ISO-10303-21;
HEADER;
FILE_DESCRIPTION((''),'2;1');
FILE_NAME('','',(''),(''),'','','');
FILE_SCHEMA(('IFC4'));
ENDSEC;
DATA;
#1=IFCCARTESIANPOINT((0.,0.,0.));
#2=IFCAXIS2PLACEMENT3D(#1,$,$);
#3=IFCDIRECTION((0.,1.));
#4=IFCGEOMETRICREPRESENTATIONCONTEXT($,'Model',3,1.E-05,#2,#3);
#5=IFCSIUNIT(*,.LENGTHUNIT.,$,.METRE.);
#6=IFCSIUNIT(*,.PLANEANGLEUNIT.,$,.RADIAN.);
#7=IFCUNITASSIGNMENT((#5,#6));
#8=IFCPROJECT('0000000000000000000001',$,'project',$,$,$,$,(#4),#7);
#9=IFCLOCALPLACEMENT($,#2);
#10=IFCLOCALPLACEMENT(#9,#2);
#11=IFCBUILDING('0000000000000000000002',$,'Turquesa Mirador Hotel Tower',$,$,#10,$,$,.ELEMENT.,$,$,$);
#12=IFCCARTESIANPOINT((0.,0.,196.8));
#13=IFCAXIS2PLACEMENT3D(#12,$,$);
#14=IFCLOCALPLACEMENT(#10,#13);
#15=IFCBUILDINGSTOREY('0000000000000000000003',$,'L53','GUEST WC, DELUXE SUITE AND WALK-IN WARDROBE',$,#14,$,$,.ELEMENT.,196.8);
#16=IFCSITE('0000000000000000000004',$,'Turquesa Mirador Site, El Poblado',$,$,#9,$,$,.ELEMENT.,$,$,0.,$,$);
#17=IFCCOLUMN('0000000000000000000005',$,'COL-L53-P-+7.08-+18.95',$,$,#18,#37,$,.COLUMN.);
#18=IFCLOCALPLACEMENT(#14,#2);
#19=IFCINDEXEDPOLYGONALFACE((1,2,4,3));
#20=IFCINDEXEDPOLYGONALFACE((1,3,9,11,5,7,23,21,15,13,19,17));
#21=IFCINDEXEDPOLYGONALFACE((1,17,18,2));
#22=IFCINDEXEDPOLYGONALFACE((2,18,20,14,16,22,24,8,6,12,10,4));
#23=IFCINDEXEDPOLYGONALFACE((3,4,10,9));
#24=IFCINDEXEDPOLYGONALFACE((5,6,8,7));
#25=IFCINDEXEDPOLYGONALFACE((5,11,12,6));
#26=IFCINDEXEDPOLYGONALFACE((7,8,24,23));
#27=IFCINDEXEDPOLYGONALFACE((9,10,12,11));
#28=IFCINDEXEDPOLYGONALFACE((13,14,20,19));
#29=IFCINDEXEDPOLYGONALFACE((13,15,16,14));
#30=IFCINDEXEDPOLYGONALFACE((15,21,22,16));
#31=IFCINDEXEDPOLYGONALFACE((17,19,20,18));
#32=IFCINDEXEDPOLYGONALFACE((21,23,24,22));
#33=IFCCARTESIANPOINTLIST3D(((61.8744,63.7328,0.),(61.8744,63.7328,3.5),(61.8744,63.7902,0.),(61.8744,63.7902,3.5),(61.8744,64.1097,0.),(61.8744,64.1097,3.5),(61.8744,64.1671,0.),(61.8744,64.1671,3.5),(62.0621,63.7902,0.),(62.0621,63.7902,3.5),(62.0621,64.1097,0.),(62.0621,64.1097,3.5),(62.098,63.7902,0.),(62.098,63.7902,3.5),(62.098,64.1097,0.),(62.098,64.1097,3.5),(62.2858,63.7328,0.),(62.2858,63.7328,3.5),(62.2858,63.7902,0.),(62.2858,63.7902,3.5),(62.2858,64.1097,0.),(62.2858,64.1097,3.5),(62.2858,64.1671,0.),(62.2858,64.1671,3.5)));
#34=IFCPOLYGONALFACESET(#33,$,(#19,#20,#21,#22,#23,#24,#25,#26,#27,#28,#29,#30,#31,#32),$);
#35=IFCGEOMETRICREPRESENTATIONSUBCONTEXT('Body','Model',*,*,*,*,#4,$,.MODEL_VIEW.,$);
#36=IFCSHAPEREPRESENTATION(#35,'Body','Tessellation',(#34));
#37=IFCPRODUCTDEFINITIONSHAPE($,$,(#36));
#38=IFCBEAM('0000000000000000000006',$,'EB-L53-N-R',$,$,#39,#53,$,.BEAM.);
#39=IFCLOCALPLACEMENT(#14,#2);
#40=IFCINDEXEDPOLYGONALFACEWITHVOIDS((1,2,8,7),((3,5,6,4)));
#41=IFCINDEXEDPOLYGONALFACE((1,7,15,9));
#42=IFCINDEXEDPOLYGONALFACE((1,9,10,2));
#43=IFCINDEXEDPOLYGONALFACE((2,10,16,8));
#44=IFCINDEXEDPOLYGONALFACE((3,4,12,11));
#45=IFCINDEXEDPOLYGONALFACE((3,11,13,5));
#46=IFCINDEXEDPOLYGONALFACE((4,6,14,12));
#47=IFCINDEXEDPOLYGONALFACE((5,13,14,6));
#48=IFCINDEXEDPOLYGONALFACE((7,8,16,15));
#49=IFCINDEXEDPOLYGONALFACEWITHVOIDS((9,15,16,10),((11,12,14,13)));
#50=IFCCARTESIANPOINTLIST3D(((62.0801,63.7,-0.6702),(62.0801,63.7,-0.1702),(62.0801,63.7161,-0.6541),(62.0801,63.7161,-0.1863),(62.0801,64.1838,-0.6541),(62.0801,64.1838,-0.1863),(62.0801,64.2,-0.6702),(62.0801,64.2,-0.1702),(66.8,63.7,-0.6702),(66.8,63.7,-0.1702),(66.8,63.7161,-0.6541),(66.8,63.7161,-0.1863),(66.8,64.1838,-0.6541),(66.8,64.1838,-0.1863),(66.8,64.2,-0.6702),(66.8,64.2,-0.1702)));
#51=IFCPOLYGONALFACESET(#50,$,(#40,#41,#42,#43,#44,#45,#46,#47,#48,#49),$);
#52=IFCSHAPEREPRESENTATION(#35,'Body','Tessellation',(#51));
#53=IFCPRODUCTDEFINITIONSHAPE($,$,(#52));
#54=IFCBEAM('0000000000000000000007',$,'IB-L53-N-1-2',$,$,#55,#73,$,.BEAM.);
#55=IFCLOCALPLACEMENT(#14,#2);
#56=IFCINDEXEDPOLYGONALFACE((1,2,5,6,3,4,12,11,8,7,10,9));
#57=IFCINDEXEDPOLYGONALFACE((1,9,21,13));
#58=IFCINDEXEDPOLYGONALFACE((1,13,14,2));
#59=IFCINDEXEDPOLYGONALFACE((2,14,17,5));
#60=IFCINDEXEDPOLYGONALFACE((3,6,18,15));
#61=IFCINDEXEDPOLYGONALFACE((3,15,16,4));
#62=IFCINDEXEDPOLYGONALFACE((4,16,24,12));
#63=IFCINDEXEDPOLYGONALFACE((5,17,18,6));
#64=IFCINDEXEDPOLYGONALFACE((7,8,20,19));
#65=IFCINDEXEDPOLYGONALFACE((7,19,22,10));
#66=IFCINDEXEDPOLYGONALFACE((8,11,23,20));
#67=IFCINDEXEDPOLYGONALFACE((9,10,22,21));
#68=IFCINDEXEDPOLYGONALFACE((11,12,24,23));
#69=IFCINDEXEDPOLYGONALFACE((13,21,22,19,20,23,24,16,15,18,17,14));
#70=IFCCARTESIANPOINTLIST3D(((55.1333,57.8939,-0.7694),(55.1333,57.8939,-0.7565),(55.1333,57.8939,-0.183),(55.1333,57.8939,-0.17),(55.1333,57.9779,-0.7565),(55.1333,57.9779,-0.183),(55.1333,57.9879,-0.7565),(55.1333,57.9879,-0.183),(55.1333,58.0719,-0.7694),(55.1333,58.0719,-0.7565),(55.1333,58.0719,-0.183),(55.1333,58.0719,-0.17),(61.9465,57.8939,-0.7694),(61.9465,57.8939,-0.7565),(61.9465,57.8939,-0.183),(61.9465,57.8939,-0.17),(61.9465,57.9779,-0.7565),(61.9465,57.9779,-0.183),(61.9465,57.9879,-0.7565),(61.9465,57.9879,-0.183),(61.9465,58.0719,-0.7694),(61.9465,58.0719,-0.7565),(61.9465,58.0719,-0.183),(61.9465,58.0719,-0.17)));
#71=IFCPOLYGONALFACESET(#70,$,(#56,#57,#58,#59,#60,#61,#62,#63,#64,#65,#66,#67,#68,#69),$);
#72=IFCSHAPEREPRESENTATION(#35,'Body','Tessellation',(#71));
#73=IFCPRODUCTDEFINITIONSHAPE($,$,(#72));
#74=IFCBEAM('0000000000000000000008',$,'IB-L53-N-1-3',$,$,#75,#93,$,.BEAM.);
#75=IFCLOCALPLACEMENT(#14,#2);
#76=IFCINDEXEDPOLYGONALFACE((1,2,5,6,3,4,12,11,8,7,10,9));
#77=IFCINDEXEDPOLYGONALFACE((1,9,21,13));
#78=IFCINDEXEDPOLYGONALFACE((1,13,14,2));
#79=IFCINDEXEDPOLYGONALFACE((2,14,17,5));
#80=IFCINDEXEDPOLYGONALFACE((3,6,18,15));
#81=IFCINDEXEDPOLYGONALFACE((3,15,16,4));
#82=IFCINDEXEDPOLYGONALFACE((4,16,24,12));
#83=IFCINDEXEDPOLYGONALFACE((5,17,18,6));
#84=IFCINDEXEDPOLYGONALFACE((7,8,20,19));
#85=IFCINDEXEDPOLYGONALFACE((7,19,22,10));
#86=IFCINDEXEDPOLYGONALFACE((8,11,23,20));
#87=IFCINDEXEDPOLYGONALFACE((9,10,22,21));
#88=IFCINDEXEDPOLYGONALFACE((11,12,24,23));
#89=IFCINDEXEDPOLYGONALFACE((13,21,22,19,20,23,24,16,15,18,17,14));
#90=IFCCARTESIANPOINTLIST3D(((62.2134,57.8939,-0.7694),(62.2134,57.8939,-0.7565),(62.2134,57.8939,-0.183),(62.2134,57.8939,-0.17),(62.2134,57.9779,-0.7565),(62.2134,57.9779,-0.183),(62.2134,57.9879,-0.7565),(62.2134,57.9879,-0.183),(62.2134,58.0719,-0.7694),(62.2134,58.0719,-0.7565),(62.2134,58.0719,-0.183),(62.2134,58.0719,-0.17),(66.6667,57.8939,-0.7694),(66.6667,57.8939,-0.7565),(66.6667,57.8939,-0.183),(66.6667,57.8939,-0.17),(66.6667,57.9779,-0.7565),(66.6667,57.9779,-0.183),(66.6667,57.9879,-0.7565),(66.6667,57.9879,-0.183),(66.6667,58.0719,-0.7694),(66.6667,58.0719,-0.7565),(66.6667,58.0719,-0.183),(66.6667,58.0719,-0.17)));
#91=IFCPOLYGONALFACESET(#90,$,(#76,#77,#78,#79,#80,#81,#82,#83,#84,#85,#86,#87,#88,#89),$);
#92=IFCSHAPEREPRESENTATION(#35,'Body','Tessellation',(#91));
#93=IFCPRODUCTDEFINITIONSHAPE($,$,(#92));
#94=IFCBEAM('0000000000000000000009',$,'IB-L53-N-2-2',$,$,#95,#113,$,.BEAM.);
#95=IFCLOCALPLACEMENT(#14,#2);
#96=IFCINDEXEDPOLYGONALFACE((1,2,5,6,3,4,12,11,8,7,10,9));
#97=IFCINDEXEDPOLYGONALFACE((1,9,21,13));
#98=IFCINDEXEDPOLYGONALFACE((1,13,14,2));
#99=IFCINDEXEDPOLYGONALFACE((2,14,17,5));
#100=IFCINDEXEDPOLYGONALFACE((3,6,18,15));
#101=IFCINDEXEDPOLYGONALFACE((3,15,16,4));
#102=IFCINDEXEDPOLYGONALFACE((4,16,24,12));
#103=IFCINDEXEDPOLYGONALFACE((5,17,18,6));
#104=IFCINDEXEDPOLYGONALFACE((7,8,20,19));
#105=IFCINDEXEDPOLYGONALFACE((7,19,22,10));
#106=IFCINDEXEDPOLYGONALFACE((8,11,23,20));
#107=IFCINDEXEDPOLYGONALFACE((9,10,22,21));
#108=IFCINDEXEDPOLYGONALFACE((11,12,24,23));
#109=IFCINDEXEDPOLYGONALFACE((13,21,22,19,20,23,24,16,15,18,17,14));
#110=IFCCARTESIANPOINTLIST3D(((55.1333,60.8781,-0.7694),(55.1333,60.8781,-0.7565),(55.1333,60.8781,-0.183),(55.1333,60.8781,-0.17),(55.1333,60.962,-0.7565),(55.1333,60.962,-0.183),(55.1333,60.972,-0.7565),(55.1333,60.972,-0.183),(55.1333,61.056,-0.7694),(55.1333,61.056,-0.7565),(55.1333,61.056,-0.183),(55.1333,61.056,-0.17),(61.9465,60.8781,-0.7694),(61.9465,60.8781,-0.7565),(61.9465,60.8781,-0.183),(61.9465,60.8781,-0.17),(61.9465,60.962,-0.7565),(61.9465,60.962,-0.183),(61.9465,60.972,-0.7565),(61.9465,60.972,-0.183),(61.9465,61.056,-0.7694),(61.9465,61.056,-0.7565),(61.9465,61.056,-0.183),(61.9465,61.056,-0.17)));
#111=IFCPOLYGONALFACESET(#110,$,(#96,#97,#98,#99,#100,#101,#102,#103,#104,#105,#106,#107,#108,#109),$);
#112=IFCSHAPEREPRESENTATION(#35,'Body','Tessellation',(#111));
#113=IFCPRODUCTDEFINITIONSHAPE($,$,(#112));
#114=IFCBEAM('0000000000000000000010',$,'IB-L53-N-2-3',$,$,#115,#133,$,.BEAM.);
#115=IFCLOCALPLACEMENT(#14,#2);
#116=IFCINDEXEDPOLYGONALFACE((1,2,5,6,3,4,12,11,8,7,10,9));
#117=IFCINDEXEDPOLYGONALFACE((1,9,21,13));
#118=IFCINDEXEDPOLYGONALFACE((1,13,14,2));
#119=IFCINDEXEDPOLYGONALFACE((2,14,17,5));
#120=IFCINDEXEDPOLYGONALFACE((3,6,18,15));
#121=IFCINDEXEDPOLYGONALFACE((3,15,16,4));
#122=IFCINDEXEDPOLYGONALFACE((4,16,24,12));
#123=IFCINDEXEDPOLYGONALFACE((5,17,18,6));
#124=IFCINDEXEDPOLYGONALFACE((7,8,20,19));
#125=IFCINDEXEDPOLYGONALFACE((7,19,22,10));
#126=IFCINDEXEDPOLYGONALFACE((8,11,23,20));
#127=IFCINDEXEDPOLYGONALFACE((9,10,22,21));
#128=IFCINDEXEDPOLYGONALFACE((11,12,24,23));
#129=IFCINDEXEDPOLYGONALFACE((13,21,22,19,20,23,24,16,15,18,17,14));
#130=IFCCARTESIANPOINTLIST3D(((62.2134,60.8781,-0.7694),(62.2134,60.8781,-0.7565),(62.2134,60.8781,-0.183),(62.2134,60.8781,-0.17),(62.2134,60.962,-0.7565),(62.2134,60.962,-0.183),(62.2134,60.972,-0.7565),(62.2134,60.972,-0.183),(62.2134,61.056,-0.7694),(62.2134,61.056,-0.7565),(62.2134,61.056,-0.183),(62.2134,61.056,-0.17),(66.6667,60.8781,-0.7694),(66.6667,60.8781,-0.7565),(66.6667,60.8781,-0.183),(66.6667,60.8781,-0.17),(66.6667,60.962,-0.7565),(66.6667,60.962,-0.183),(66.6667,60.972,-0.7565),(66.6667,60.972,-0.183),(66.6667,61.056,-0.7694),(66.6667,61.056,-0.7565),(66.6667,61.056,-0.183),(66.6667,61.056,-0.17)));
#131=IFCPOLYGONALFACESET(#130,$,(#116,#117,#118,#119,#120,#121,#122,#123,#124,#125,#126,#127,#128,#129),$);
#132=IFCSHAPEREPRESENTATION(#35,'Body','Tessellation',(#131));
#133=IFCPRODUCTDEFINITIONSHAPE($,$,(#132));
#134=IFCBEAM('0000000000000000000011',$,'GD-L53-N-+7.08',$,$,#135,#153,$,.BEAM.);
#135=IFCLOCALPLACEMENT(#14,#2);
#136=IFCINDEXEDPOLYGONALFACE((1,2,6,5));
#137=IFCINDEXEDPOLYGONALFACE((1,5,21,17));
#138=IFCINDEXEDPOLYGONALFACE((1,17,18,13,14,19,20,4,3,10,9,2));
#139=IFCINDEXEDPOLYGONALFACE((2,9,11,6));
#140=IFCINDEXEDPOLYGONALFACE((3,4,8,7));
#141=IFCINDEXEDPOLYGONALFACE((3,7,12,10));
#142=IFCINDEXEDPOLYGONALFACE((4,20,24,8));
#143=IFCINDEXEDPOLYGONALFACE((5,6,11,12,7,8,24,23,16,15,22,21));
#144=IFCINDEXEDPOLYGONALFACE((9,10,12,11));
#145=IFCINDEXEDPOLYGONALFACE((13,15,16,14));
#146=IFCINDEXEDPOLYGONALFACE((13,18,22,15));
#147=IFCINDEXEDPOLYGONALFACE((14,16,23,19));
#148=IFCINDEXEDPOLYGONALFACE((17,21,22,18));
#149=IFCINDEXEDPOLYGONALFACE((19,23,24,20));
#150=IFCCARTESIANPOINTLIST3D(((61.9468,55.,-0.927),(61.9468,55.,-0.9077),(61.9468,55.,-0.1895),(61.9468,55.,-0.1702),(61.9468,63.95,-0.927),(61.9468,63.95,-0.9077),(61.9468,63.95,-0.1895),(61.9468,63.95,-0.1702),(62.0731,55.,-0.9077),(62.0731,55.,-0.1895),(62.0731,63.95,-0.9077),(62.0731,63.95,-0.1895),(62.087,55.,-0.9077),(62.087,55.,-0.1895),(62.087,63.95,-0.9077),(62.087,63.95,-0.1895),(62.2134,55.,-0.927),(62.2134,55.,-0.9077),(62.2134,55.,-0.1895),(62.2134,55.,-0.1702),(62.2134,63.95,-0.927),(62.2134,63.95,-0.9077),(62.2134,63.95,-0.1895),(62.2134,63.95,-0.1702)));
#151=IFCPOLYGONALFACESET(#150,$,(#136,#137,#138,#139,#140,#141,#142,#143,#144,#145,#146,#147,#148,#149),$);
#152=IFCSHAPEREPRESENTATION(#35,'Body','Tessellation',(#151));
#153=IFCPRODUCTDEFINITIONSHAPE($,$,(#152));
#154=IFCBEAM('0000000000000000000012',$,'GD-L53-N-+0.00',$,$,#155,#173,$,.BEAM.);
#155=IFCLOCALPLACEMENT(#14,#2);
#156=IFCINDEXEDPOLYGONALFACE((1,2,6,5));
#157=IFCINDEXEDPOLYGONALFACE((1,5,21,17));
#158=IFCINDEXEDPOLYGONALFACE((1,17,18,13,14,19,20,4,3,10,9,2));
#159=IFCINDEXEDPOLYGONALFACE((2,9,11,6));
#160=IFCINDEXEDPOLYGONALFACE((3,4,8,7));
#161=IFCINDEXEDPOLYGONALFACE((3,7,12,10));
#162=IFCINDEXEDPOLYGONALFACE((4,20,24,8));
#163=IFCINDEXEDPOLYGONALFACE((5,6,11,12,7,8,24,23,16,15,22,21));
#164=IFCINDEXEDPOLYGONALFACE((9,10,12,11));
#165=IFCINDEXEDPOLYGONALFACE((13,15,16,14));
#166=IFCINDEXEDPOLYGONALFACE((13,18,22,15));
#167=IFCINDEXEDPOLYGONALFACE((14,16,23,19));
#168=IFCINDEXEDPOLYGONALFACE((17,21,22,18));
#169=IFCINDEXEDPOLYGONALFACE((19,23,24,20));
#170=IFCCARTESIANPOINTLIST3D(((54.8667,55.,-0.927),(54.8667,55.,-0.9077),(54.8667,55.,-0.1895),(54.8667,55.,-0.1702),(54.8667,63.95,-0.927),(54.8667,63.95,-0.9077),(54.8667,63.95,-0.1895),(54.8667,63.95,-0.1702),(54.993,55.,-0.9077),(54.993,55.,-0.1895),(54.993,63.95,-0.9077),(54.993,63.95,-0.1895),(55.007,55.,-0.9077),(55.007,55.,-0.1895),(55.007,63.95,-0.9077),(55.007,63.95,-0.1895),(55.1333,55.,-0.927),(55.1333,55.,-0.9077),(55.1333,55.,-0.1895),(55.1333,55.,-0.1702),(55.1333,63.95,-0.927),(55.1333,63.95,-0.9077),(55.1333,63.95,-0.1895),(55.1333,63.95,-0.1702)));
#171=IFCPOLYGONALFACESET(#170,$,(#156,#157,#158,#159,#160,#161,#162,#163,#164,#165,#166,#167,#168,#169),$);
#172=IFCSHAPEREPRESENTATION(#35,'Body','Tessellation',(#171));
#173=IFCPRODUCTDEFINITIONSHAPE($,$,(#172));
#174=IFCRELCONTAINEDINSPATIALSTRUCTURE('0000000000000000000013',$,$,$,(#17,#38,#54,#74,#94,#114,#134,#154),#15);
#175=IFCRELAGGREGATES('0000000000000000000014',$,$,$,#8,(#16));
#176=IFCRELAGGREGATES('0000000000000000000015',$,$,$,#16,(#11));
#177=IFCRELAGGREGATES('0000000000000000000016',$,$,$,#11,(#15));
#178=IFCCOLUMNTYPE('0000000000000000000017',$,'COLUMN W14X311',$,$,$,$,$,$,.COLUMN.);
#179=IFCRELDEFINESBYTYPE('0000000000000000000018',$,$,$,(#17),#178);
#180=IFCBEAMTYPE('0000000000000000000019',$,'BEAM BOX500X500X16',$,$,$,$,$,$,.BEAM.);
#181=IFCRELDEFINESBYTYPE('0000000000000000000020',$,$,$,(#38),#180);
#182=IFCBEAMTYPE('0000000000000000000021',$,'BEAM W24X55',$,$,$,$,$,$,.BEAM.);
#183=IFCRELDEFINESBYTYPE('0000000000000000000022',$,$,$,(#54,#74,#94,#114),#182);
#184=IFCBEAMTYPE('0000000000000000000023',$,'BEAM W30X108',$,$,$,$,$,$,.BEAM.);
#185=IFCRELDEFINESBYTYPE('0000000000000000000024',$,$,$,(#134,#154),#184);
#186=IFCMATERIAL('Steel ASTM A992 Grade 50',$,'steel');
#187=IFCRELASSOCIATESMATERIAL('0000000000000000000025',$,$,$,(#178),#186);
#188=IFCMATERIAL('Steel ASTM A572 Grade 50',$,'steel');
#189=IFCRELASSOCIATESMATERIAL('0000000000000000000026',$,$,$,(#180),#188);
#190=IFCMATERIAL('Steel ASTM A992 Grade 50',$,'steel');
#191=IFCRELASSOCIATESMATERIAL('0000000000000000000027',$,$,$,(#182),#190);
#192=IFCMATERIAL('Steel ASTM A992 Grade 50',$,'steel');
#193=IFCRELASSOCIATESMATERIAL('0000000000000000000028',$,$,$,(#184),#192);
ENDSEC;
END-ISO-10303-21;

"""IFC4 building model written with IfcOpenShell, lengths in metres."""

from ifc_helpers import new_model, si_unit, direction, frame, origin, origin_2d, place, context, subcontext, project, spatial, hollow_rectangle, i_section, extrude, material, material_profile, profile_set, type_object, element, save


model = new_model("IFC4")

# Units and contexts
model_context = context("Model", 3, precision=1e-05, world=origin(), true_north=direction((0.0, 1.0)))
body_context = subcontext(model_context, "Body", "Model", "MODEL_VIEW")
ifc_project = project(units=[si_unit("LENGTHUNIT", "METRE"), si_unit("PLANEANGLEUNIT", "RADIAN")], contexts=[model_context])

# Site, building, storey
site_placement = place(None, origin())
site = spatial("IfcSite", under=ifc_project, at=site_placement, Name="Turquesa Mirador Site, El Poblado", CompositionType="ELEMENT", RefElevation=0.0)
building_placement = place(site_placement, origin())
building = spatial("IfcBuilding", under=site, at=building_placement, Name="Turquesa Mirador Hotel Tower", CompositionType="ELEMENT")
storey_placement = place(building_placement, frame((0.0, 0.0, 196.8)))
storey = spatial("IfcBuildingStorey", under=building, at=storey_placement, Name="L53", Description="GUEST WC, DELUXE SUITE AND WALK-IN WARDROBE", CompositionType="ELEMENT", Elevation=196.8)

# Column
ifc_material_1 = material(Name="Steel ASTM A992 Grade 50", Category="steel")
ifc_material_profile_1 = material_profile(ifc_material_1, i_section(OverallWidth=0.4114, OverallDepth=0.4343, WebThickness=0.0359, FlangeThickness=0.0574, at=origin_2d()), Name="W14X311")
ifc_profile_set_1 = profile_set([ifc_material_profile_1], Name="Steel ASTM A992 Grade 50")
column_type = type_object("IfcColumnType", Name="COLUMN W14X311", PredefinedType="COLUMN", material=ifc_profile_set_1)
column_placement = place(storey_placement, frame((62.0801, 63.95, 0.0), z_axis=(0.0, 0.0, 1.0), x_axis=(1.0, 0.0, 0.0)))
element("IfcColumn", 1, at=column_placement, inside=storey, type_object=column_type, Name="COL-L53-P-+7.08-+18.95", PredefinedType="COLUMN", context=body_context, shape_type="SweptSolid", body=[
    extrude(i_section(OverallWidth=0.4114, OverallDepth=0.4343, WebThickness=0.0359, FlangeThickness=0.0574, at=origin_2d()), origin(), (0.0, 0.0, 1.0), 3.5),
])

# Beams
ifc_material_2 = material(Name="Steel ASTM A572 Grade 50", Category="steel")
ifc_material_profile_2 = material_profile(ifc_material_2, hollow_rectangle(XDim=0.5, YDim=0.5, WallThickness=0.0161, at=origin_2d()), Name="BOX500X500X16")
ifc_profile_set_2 = profile_set([ifc_material_profile_2], Name="Steel ASTM A572 Grade 50")
beam_type_1 = type_object("IfcBeamType", Name="BEAM BOX500X500X16", PredefinedType="BEAM", material=ifc_profile_set_2)
beam_1_placement = place(storey_placement, frame((62.0801, 63.95, -0.4202), z_axis=(1.0, 0.0, 0.0), x_axis=(0.0, 1.0, 0.0)))
element("IfcBeam", 2, at=beam_1_placement, inside=storey, type_object=beam_type_1, Name="EB-L53-N-R", PredefinedType="BEAM", context=body_context, shape_type="SweptSolid", body=[
    extrude(hollow_rectangle(XDim=0.5, YDim=0.5, WallThickness=0.0161, at=origin_2d()), origin(), (0.0, 0.0, 1.0), 4.72),
])
ifc_material_3 = material(Name="Steel ASTM A992 Grade 50", Category="steel")
ifc_material_profile_3 = material_profile(ifc_material_3, i_section(OverallWidth=0.178, OverallDepth=0.5994, WebThickness=0.01, FlangeThickness=0.0129, at=origin_2d()), Name="W24X55")
ifc_profile_set_3 = profile_set([ifc_material_profile_3], Name="Steel ASTM A992 Grade 50")
beam_type_2 = type_object("IfcBeamType", Name="BEAM W24X55", PredefinedType="BEAM", material=ifc_profile_set_3)
beam_2_placement = place(storey_placement, frame((55.1333, 57.9829, -0.4697), z_axis=(1.0, 0.0, 0.0), x_axis=(0.0, 1.0, 0.0)))
element("IfcBeam", 3, at=beam_2_placement, inside=storey, type_object=beam_type_2, Name="IB-L53-N-1-2", PredefinedType="BEAM", context=body_context, shape_type="SweptSolid", body=[
    extrude(i_section(OverallWidth=0.178, OverallDepth=0.5994, WebThickness=0.01, FlangeThickness=0.0129, at=origin_2d()), origin(), (0.0, 0.0, 1.0), 6.8132),
])
beam_3_placement = place(storey_placement, frame((62.2134, 57.9829, -0.4697), z_axis=(1.0, 0.0, 0.0), x_axis=(0.0, 1.0, 0.0)))
element("IfcBeam", 4, at=beam_3_placement, inside=storey, type_object=beam_type_2, Name="IB-L53-N-1-3", PredefinedType="BEAM", context=body_context, shape_type="SweptSolid", body=[
    extrude(i_section(OverallWidth=0.178, OverallDepth=0.5994, WebThickness=0.01, FlangeThickness=0.0129, at=origin_2d()), origin(), (0.0, 0.0, 1.0), 4.4534),
])
beam_4_placement = place(storey_placement, frame((55.1333, 60.967, -0.4697), z_axis=(1.0, 0.0, 0.0), x_axis=(0.0, 1.0, 0.0)))
element("IfcBeam", 5, at=beam_4_placement, inside=storey, type_object=beam_type_2, Name="IB-L53-N-2-2", PredefinedType="BEAM", context=body_context, shape_type="SweptSolid", body=[
    extrude(i_section(OverallWidth=0.178, OverallDepth=0.5994, WebThickness=0.01, FlangeThickness=0.0129, at=origin_2d()), origin(), (0.0, 0.0, 1.0), 6.8132),
])
beam_5_placement = place(storey_placement, frame((62.2134, 60.967, -0.4697), z_axis=(1.0, 0.0, 0.0), x_axis=(0.0, 1.0, 0.0)))
element("IfcBeam", 6, at=beam_5_placement, inside=storey, type_object=beam_type_2, Name="IB-L53-N-2-3", PredefinedType="BEAM", context=body_context, shape_type="SweptSolid", body=[
    extrude(i_section(OverallWidth=0.178, OverallDepth=0.5994, WebThickness=0.01, FlangeThickness=0.0129, at=origin_2d()), origin(), (0.0, 0.0, 1.0), 4.4534),
])
ifc_material_4 = material(Name="Steel ASTM A992 Grade 50", Category="steel")
ifc_material_profile_4 = material_profile(ifc_material_4, i_section(OverallWidth=0.2666, OverallDepth=0.7568, WebThickness=0.0139, FlangeThickness=0.0193, at=origin_2d()), Name="W30X108")
ifc_profile_set_4 = profile_set([ifc_material_profile_4], Name="Steel ASTM A992 Grade 50")
beam_type_3 = type_object("IfcBeamType", Name="BEAM W30X108", PredefinedType="BEAM", material=ifc_profile_set_4)
for number, where, z_axis, x_axis, name in (
    (7, (62.0801, 63.95, -0.5486), (0.0, -1.0, 0.0), (1.0, 0.0, 0.0), "GD-L53-N-+7.08"),
    (8, (55.0, 63.95, -0.5486), (0.0, -1.0, 0.0), (1.0, 0.0, 0.0), "GD-L53-N-+0.00"),
):
    element("IfcBeam", number, at=place(storey_placement, frame(where, z_axis=z_axis, x_axis=x_axis)), inside=storey, type_object=beam_type_3, Name=name, PredefinedType="BEAM", context=body_context, shape_type="SweptSolid", body=[
        extrude(i_section(OverallWidth=0.2666, OverallDepth=0.7568, WebThickness=0.0139, FlangeThickness=0.0193, at=origin_2d()), origin(), (0.0, 0.0, 1.0), 8.95),
    ])

save(model, "model.ifc")
